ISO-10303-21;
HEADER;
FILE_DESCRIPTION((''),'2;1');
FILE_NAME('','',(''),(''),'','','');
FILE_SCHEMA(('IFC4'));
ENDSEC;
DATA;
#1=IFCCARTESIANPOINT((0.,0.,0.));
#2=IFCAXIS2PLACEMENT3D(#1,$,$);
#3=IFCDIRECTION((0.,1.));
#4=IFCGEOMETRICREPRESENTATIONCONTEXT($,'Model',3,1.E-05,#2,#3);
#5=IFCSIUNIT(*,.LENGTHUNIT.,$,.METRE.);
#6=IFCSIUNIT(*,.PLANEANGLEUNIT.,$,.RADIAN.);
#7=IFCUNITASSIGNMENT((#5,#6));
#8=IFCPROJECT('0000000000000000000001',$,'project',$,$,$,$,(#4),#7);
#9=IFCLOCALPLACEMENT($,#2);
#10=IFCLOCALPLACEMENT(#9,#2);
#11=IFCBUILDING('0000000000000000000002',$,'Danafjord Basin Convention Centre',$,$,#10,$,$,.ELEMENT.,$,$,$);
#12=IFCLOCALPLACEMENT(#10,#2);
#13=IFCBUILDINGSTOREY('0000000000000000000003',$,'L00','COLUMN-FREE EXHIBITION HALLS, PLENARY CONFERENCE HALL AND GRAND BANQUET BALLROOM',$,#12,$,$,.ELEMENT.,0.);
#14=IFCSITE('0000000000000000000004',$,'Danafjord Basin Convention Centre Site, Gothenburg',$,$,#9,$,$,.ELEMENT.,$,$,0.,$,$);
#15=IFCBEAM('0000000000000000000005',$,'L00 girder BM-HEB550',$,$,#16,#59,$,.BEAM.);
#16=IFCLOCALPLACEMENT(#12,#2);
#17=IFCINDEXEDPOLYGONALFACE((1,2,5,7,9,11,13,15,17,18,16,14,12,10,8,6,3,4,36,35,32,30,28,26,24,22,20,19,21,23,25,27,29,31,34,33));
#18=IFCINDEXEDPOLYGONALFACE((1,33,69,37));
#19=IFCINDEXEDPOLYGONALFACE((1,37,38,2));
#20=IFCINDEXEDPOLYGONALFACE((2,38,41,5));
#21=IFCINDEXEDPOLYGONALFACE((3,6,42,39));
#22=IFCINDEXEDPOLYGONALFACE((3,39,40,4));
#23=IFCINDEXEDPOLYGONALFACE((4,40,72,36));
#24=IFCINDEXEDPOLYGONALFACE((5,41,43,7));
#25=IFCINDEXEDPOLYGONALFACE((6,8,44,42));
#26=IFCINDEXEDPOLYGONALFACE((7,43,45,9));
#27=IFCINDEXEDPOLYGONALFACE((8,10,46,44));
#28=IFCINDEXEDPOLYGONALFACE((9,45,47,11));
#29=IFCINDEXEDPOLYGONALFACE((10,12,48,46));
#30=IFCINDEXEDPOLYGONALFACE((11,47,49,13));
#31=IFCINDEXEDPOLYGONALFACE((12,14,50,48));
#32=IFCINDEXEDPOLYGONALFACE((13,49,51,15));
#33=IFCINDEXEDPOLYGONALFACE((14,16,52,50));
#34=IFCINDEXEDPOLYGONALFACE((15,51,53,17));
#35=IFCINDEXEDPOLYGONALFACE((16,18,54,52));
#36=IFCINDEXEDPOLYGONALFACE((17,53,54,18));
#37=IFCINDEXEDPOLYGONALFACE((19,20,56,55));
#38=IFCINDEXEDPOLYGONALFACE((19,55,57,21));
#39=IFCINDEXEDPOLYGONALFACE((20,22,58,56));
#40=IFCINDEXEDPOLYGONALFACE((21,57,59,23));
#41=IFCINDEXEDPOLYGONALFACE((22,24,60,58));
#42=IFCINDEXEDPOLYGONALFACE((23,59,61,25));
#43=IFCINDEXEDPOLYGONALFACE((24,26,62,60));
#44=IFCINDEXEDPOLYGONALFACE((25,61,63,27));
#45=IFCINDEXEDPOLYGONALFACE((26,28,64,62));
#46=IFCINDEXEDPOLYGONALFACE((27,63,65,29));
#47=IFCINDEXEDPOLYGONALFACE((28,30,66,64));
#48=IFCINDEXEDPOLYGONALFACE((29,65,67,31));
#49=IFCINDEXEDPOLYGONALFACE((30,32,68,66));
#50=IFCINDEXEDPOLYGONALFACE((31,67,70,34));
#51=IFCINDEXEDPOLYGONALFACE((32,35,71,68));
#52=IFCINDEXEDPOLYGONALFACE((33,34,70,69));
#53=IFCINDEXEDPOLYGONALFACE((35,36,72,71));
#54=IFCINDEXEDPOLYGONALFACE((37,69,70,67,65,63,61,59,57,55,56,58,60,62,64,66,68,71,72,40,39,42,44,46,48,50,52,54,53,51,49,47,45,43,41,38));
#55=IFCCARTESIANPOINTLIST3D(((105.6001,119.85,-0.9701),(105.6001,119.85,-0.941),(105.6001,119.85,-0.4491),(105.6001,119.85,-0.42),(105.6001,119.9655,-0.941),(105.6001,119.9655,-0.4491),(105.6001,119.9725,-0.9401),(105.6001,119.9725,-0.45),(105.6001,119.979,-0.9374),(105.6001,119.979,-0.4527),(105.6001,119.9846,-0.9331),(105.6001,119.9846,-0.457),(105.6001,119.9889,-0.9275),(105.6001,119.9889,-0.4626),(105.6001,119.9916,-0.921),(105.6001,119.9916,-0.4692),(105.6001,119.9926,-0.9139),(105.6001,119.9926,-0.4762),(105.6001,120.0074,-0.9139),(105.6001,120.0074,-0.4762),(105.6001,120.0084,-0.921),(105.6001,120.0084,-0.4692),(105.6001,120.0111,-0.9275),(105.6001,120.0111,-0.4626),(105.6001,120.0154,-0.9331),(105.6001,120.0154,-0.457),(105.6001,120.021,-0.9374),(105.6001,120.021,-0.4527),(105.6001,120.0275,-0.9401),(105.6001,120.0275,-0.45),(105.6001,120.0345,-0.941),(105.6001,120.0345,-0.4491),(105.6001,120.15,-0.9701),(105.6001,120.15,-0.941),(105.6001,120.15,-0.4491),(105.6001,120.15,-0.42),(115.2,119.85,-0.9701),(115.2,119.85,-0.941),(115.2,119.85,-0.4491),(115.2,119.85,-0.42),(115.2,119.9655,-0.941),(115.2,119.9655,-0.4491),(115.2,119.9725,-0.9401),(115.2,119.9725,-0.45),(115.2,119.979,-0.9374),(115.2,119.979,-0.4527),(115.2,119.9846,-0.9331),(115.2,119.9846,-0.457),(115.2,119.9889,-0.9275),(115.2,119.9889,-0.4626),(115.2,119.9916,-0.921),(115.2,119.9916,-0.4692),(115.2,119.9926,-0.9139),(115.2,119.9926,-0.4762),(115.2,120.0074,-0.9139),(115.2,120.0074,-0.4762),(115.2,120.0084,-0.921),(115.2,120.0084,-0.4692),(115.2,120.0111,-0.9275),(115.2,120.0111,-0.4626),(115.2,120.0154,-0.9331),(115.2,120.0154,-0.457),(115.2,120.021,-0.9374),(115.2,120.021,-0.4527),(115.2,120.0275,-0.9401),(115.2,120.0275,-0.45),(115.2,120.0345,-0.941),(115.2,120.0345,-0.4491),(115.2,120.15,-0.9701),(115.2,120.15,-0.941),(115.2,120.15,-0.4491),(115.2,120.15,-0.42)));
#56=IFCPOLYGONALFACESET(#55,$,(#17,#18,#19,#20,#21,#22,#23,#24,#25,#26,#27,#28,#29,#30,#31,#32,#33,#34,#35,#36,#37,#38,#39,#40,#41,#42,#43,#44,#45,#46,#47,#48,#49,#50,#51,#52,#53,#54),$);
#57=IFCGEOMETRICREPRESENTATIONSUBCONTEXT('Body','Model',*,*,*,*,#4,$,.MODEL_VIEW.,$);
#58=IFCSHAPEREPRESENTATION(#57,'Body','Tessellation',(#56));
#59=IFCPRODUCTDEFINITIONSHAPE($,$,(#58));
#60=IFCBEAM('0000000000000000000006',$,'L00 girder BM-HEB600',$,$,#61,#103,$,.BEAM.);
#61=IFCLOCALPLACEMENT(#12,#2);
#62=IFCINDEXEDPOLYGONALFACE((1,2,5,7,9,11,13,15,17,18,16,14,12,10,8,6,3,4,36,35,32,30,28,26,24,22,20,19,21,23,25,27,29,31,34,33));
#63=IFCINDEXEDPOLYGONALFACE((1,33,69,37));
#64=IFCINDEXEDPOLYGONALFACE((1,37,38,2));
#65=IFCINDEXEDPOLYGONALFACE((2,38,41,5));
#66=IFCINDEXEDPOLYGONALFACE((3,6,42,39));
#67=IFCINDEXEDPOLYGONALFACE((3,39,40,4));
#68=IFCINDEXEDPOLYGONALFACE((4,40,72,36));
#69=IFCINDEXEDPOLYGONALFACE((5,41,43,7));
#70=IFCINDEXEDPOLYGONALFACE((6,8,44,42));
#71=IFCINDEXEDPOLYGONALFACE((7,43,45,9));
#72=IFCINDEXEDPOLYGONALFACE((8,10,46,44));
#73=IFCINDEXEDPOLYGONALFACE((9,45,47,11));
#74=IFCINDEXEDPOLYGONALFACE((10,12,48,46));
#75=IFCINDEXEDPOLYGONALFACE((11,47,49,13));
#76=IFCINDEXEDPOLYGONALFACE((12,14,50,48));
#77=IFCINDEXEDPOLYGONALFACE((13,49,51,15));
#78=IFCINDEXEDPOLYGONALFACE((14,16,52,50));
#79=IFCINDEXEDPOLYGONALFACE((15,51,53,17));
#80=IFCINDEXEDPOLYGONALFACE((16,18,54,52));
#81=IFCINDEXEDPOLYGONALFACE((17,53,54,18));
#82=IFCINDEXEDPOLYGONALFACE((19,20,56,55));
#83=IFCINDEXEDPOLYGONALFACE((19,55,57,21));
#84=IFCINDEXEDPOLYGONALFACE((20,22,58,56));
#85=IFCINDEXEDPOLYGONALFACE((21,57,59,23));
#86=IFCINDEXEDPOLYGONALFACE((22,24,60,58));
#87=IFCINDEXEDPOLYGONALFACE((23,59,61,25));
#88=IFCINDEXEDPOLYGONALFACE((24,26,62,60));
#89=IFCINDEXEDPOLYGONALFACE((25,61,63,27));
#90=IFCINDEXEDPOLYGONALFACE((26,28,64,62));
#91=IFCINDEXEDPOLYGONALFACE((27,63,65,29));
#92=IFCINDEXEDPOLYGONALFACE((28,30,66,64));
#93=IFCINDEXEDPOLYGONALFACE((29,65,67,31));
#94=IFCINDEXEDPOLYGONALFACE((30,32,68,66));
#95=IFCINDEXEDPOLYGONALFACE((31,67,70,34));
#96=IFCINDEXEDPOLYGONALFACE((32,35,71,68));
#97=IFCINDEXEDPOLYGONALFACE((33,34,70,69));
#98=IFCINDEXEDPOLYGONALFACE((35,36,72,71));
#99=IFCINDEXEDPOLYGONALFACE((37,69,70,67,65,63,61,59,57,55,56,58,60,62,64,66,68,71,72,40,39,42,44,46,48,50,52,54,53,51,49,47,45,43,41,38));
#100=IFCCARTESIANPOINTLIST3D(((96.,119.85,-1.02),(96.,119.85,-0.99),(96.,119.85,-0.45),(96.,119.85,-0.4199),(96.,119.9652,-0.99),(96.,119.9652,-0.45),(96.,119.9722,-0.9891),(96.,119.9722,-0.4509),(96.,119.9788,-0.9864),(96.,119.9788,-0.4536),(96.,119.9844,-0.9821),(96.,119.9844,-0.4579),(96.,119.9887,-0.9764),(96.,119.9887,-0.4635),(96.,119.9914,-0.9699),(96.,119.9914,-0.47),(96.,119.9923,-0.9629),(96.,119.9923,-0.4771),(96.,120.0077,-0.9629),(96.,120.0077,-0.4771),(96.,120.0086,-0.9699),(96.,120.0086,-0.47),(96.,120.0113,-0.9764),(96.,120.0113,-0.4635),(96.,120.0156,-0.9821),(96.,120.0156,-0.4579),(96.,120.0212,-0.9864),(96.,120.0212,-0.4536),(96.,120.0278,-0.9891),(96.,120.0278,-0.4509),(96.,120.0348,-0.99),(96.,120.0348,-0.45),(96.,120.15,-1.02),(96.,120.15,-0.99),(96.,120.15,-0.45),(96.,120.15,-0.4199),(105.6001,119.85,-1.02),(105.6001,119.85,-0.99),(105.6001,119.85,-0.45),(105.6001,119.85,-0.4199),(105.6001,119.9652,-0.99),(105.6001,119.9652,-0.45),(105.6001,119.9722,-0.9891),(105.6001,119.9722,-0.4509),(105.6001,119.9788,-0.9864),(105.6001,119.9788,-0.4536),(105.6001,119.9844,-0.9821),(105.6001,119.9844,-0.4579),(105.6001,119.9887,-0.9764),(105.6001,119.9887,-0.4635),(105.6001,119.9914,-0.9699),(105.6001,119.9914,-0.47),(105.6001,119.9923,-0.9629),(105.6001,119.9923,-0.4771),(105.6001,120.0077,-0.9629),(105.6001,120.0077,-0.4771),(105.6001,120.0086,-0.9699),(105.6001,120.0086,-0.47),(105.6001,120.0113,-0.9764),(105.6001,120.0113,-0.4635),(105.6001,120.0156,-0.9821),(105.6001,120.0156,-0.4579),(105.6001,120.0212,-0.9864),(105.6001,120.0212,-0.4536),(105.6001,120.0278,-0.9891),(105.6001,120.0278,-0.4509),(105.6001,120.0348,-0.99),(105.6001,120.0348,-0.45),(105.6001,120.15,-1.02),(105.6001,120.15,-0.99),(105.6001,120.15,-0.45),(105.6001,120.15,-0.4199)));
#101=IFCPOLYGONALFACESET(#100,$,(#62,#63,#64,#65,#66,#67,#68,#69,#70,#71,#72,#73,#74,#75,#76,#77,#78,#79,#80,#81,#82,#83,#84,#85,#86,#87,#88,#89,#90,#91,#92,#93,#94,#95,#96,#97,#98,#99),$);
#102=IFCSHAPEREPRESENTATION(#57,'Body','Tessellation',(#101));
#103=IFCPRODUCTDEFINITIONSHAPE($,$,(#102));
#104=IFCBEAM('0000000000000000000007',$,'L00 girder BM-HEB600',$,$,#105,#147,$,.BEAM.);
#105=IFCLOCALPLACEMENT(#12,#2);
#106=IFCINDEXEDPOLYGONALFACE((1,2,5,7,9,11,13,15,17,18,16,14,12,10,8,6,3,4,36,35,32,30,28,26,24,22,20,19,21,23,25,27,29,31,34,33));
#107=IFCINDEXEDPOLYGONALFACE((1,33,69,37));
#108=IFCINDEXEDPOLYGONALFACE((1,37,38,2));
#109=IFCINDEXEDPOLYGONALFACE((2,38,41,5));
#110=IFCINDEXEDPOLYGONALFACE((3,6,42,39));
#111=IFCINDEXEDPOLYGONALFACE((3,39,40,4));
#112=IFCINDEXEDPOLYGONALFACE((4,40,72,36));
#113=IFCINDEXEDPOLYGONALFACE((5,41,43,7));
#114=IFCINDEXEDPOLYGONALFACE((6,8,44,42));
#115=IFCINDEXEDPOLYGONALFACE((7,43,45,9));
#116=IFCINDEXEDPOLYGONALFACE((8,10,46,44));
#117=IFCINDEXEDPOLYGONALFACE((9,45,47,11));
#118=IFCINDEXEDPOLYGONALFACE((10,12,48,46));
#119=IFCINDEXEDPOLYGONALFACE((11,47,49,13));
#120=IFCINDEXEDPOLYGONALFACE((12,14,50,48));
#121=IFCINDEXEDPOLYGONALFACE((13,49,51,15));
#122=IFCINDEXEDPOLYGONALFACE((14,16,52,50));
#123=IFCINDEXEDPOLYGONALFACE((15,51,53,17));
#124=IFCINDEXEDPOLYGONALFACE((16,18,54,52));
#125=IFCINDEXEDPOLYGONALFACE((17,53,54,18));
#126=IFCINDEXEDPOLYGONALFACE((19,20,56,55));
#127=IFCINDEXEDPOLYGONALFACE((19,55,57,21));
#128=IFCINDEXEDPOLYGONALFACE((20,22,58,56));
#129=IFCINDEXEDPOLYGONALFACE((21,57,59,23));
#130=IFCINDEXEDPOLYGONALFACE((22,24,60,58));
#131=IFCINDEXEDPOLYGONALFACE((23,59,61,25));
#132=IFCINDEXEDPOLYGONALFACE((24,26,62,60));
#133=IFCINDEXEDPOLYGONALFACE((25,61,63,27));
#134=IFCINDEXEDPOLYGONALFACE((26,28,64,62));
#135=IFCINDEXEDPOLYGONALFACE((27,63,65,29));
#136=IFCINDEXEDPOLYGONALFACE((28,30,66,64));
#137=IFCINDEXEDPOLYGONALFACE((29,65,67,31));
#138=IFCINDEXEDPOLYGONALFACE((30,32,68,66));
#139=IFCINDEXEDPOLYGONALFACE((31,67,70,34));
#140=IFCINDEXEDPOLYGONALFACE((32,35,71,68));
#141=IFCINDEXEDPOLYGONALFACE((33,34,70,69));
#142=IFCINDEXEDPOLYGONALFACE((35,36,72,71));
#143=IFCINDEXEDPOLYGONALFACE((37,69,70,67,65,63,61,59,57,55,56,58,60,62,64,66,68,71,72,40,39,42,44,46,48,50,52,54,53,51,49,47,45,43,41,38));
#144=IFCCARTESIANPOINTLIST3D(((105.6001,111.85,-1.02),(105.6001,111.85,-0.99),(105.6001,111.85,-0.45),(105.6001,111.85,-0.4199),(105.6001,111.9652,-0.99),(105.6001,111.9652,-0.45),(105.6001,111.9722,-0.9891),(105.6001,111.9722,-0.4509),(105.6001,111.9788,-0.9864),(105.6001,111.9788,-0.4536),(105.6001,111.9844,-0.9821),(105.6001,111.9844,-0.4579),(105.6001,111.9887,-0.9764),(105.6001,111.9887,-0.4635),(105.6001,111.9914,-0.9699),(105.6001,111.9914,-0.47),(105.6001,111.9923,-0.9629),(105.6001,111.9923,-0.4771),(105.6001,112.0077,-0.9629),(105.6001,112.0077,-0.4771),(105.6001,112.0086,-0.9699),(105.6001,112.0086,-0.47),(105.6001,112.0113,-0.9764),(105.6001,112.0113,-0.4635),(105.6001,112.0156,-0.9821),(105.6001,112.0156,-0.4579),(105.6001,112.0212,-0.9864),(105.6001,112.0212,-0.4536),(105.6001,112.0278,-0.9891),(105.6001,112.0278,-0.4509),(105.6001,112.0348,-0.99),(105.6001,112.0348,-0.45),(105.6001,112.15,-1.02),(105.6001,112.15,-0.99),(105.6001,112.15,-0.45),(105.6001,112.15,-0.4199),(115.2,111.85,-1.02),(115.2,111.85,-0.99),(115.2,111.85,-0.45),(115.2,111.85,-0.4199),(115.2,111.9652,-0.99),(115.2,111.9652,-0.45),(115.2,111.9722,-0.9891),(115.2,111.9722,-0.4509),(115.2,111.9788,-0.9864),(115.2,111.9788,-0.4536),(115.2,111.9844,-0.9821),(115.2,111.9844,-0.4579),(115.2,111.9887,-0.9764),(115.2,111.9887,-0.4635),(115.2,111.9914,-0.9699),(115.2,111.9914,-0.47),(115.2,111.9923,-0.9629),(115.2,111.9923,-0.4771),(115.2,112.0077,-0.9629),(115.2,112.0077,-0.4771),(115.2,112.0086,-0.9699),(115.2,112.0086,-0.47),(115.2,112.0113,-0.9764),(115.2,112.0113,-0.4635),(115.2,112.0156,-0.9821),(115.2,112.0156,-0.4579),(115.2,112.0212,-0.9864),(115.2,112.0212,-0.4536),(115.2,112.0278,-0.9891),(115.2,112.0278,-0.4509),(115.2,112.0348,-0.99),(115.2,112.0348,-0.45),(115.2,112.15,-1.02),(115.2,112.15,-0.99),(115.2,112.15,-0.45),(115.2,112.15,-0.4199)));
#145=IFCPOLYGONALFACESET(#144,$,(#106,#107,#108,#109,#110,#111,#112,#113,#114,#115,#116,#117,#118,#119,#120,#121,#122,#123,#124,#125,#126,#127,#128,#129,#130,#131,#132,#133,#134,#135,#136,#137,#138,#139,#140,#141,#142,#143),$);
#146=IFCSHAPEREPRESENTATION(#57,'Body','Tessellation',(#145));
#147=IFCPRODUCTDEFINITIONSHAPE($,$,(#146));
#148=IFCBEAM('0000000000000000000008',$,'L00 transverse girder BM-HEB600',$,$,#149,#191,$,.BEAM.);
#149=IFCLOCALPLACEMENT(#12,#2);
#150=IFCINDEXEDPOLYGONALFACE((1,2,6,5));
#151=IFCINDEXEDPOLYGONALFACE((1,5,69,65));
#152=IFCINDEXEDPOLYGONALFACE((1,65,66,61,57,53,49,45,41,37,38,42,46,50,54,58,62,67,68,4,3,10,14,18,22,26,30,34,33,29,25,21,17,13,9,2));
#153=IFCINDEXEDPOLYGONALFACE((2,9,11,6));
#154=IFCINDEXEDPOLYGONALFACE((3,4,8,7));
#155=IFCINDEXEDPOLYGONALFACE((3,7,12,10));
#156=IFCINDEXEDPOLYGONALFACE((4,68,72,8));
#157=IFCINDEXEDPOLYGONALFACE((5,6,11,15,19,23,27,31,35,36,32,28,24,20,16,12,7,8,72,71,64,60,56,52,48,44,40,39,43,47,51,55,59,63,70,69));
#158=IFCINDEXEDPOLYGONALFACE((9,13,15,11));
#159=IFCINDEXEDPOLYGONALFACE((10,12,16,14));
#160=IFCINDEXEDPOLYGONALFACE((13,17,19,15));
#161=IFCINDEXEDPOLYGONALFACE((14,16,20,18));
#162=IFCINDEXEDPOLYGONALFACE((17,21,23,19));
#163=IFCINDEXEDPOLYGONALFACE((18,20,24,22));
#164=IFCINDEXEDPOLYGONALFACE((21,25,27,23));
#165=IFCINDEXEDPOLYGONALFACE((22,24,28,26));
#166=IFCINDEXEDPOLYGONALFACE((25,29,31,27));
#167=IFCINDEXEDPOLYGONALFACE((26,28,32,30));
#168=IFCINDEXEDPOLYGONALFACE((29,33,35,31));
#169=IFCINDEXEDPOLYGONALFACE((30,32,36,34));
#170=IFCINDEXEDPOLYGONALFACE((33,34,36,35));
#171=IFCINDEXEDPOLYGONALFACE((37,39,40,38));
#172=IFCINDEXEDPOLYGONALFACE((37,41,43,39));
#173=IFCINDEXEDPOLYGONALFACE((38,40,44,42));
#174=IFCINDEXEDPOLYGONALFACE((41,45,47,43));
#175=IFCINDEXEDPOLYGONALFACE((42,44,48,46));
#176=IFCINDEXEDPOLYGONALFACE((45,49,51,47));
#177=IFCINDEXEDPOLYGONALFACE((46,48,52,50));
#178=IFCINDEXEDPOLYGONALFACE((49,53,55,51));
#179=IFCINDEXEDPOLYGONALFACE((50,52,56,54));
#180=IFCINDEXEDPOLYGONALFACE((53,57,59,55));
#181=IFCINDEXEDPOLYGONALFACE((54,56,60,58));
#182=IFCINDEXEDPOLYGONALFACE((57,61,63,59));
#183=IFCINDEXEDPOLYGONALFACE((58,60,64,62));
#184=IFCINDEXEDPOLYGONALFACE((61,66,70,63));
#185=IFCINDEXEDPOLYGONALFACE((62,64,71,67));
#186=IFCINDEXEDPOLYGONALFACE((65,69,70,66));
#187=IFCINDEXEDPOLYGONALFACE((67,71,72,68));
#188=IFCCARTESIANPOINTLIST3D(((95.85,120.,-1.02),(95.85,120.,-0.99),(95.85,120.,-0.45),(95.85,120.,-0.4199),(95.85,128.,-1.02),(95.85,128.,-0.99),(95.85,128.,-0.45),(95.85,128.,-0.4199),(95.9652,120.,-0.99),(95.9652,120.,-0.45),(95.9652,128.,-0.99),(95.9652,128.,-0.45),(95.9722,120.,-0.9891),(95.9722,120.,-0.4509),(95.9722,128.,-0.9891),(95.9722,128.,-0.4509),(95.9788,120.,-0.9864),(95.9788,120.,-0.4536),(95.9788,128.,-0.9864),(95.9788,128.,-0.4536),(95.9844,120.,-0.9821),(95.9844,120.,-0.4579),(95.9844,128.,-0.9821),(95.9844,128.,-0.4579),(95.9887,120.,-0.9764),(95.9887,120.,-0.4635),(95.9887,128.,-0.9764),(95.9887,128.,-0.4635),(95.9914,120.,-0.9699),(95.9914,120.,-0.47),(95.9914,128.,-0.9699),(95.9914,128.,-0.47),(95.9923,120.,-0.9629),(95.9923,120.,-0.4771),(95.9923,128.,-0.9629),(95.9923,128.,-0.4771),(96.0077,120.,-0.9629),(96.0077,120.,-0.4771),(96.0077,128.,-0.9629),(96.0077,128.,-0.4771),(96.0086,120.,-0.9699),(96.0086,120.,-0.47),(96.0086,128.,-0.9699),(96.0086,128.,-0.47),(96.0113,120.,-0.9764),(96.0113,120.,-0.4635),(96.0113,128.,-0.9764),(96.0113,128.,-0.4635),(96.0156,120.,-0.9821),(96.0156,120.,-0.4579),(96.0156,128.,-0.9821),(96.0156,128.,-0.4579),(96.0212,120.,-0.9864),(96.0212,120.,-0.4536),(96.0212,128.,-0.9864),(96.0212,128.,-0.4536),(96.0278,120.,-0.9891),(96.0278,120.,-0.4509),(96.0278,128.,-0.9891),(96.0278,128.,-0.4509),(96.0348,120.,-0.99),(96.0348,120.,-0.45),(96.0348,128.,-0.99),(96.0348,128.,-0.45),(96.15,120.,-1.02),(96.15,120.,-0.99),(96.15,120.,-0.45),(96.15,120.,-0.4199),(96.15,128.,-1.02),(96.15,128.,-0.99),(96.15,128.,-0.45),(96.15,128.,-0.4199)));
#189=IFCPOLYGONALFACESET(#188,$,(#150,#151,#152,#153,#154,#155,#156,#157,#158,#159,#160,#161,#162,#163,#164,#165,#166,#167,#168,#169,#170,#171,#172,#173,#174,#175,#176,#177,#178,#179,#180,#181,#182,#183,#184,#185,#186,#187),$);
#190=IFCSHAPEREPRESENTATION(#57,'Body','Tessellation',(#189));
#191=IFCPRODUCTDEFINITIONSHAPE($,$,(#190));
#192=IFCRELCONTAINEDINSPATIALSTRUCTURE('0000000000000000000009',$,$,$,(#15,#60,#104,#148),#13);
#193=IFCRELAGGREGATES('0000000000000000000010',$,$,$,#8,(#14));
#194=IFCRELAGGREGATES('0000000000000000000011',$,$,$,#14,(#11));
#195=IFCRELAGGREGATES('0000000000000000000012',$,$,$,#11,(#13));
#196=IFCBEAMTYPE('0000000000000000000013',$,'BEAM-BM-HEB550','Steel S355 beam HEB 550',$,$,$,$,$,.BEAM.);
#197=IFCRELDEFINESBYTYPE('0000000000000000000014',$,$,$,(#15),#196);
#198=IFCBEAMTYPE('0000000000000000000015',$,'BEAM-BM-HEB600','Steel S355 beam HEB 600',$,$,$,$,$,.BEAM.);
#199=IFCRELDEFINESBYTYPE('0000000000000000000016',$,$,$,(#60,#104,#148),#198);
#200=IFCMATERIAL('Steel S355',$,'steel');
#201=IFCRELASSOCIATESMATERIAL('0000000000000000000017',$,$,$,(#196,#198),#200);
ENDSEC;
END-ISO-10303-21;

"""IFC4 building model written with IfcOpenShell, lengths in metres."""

from ifc_helpers import new_model, si_unit, direction, frame, origin, origin_2d, place, context, subcontext, project, spatial, i_section, extrude, material, material_profile, profile_set, type_object, element, save


model = new_model("IFC4")

# Units and contexts
model_context = context("Model", 3, precision=1e-05, world=origin(), true_north=direction((0.0, 1.0)))
body_context = subcontext(model_context, "Body", "Model", "MODEL_VIEW")
ifc_project = project(units=[si_unit("LENGTHUNIT", "METRE"), si_unit("PLANEANGLEUNIT", "RADIAN")], contexts=[model_context])

# Site, building, storey
site_placement = place(None, origin())
site = spatial("IfcSite", under=ifc_project, at=site_placement, Name="Danafjord Basin Convention Centre Site, Gothenburg", CompositionType="ELEMENT", RefElevation=0.0)
building_placement = place(site_placement, origin())
building = spatial("IfcBuilding", under=site, at=building_placement, Name="Danafjord Basin Convention Centre", CompositionType="ELEMENT")
storey_placement = place(building_placement, origin())
storey = spatial("IfcBuildingStorey", under=building, at=storey_placement, Name="L00", Description="COLUMN-FREE EXHIBITION HALLS, PLENARY CONFERENCE HALL AND GRAND BANQUET BALLROOM", CompositionType="ELEMENT", Elevation=0.0)

# Shared definitions
ifc_material_1 = material(Name="Steel S355", Category="steel")

# Beams
ifc_material_profile_1 = material_profile(ifc_material_1, i_section(OverallWidth=0.3, OverallDepth=0.55, WebThickness=0.0149, FlangeThickness=0.0291, FilletRadius=0.0271, at=origin_2d()), Name="HEB 550")
ifc_profile_set_1 = profile_set([ifc_material_profile_1], Name="Steel S355")
beam_type_1 = type_object("IfcBeamType", Name="BEAM-BM-HEB550", Description="Steel S355 beam HEB 550", PredefinedType="BEAM", material=ifc_profile_set_1)
beam_1_placement = place(storey_placement, frame((105.6001, 120.0, -0.6951), z_axis=(1.0, 0.0, 0.0), x_axis=(0.0, 1.0, 0.0)))
element("IfcBeam", 1, at=beam_1_placement, inside=storey, type_object=beam_type_1, Name="L00 girder BM-HEB550", PredefinedType="BEAM", context=body_context, shape_type="SweptSolid", body=[
    extrude(i_section(OverallWidth=0.3, OverallDepth=0.55, WebThickness=0.0149, FlangeThickness=0.0291, FilletRadius=0.0271, at=origin_2d()), origin(), (0.0, 0.0, 1.0), 9.5999),
])
ifc_material_profile_2 = material_profile(ifc_material_1, i_section(OverallWidth=0.3, OverallDepth=0.6001, WebThickness=0.0154, FlangeThickness=0.03, FilletRadius=0.0271, at=origin_2d()), Name="HEB 600")
ifc_profile_set_2 = profile_set([ifc_material_profile_2], Name="Steel S355")
beam_type_2 = type_object("IfcBeamType", Name="BEAM-BM-HEB600", Description="Steel S355 beam HEB 600", PredefinedType="BEAM", material=ifc_profile_set_2)
beam_2_placement = place(storey_placement, frame((96.0, 120.0, -0.72), z_axis=(1.0, 0.0, 0.0), x_axis=(0.0, 1.0, 0.0)))
element("IfcBeam", 2, at=beam_2_placement, inside=storey, type_object=beam_type_2, Name="L00 girder BM-HEB600", PredefinedType="BEAM", context=body_context, shape_type="SweptSolid", body=[
    extrude(i_section(OverallWidth=0.3, OverallDepth=0.6001, WebThickness=0.0154, FlangeThickness=0.03, FilletRadius=0.0271, at=origin_2d()), origin(), (0.0, 0.0, 1.0), 9.6001),
])
beam_3_placement = place(storey_placement, frame((105.6001, 112.0, -0.72), z_axis=(1.0, 0.0, 0.0), x_axis=(0.0, 1.0, 0.0)))
element("IfcBeam", 3, at=beam_3_placement, inside=storey, type_object=beam_type_2, Name="L00 girder BM-HEB600", PredefinedType="BEAM", context=body_context, shape_type="SweptSolid", body=[
    extrude(i_section(OverallWidth=0.3, OverallDepth=0.6001, WebThickness=0.0154, FlangeThickness=0.03, FilletRadius=0.0271, at=origin_2d()), origin(), (0.0, 0.0, 1.0), 9.5999),
])
for number, where, z_axis, x_axis, name in (
    (4, (96.0, 120.0, -0.72), (0.0, 1.0, 0.0), (-1.0, 0.0, 0.0), "L00 transverse girder BM-HEB600"),
):
    element("IfcBeam", number, at=place(storey_placement, frame(where, z_axis=z_axis, x_axis=x_axis)), inside=storey, type_object=beam_type_2, Name=name, PredefinedType="BEAM", context=body_context, shape_type="SweptSolid", body=[
        extrude(i_section(OverallWidth=0.3, OverallDepth=0.6001, WebThickness=0.0154, FlangeThickness=0.03, FilletRadius=0.0271, at=origin_2d()), origin(), (0.0, 0.0, 1.0), 8.0),
    ])

save(model, "model.ifc")
